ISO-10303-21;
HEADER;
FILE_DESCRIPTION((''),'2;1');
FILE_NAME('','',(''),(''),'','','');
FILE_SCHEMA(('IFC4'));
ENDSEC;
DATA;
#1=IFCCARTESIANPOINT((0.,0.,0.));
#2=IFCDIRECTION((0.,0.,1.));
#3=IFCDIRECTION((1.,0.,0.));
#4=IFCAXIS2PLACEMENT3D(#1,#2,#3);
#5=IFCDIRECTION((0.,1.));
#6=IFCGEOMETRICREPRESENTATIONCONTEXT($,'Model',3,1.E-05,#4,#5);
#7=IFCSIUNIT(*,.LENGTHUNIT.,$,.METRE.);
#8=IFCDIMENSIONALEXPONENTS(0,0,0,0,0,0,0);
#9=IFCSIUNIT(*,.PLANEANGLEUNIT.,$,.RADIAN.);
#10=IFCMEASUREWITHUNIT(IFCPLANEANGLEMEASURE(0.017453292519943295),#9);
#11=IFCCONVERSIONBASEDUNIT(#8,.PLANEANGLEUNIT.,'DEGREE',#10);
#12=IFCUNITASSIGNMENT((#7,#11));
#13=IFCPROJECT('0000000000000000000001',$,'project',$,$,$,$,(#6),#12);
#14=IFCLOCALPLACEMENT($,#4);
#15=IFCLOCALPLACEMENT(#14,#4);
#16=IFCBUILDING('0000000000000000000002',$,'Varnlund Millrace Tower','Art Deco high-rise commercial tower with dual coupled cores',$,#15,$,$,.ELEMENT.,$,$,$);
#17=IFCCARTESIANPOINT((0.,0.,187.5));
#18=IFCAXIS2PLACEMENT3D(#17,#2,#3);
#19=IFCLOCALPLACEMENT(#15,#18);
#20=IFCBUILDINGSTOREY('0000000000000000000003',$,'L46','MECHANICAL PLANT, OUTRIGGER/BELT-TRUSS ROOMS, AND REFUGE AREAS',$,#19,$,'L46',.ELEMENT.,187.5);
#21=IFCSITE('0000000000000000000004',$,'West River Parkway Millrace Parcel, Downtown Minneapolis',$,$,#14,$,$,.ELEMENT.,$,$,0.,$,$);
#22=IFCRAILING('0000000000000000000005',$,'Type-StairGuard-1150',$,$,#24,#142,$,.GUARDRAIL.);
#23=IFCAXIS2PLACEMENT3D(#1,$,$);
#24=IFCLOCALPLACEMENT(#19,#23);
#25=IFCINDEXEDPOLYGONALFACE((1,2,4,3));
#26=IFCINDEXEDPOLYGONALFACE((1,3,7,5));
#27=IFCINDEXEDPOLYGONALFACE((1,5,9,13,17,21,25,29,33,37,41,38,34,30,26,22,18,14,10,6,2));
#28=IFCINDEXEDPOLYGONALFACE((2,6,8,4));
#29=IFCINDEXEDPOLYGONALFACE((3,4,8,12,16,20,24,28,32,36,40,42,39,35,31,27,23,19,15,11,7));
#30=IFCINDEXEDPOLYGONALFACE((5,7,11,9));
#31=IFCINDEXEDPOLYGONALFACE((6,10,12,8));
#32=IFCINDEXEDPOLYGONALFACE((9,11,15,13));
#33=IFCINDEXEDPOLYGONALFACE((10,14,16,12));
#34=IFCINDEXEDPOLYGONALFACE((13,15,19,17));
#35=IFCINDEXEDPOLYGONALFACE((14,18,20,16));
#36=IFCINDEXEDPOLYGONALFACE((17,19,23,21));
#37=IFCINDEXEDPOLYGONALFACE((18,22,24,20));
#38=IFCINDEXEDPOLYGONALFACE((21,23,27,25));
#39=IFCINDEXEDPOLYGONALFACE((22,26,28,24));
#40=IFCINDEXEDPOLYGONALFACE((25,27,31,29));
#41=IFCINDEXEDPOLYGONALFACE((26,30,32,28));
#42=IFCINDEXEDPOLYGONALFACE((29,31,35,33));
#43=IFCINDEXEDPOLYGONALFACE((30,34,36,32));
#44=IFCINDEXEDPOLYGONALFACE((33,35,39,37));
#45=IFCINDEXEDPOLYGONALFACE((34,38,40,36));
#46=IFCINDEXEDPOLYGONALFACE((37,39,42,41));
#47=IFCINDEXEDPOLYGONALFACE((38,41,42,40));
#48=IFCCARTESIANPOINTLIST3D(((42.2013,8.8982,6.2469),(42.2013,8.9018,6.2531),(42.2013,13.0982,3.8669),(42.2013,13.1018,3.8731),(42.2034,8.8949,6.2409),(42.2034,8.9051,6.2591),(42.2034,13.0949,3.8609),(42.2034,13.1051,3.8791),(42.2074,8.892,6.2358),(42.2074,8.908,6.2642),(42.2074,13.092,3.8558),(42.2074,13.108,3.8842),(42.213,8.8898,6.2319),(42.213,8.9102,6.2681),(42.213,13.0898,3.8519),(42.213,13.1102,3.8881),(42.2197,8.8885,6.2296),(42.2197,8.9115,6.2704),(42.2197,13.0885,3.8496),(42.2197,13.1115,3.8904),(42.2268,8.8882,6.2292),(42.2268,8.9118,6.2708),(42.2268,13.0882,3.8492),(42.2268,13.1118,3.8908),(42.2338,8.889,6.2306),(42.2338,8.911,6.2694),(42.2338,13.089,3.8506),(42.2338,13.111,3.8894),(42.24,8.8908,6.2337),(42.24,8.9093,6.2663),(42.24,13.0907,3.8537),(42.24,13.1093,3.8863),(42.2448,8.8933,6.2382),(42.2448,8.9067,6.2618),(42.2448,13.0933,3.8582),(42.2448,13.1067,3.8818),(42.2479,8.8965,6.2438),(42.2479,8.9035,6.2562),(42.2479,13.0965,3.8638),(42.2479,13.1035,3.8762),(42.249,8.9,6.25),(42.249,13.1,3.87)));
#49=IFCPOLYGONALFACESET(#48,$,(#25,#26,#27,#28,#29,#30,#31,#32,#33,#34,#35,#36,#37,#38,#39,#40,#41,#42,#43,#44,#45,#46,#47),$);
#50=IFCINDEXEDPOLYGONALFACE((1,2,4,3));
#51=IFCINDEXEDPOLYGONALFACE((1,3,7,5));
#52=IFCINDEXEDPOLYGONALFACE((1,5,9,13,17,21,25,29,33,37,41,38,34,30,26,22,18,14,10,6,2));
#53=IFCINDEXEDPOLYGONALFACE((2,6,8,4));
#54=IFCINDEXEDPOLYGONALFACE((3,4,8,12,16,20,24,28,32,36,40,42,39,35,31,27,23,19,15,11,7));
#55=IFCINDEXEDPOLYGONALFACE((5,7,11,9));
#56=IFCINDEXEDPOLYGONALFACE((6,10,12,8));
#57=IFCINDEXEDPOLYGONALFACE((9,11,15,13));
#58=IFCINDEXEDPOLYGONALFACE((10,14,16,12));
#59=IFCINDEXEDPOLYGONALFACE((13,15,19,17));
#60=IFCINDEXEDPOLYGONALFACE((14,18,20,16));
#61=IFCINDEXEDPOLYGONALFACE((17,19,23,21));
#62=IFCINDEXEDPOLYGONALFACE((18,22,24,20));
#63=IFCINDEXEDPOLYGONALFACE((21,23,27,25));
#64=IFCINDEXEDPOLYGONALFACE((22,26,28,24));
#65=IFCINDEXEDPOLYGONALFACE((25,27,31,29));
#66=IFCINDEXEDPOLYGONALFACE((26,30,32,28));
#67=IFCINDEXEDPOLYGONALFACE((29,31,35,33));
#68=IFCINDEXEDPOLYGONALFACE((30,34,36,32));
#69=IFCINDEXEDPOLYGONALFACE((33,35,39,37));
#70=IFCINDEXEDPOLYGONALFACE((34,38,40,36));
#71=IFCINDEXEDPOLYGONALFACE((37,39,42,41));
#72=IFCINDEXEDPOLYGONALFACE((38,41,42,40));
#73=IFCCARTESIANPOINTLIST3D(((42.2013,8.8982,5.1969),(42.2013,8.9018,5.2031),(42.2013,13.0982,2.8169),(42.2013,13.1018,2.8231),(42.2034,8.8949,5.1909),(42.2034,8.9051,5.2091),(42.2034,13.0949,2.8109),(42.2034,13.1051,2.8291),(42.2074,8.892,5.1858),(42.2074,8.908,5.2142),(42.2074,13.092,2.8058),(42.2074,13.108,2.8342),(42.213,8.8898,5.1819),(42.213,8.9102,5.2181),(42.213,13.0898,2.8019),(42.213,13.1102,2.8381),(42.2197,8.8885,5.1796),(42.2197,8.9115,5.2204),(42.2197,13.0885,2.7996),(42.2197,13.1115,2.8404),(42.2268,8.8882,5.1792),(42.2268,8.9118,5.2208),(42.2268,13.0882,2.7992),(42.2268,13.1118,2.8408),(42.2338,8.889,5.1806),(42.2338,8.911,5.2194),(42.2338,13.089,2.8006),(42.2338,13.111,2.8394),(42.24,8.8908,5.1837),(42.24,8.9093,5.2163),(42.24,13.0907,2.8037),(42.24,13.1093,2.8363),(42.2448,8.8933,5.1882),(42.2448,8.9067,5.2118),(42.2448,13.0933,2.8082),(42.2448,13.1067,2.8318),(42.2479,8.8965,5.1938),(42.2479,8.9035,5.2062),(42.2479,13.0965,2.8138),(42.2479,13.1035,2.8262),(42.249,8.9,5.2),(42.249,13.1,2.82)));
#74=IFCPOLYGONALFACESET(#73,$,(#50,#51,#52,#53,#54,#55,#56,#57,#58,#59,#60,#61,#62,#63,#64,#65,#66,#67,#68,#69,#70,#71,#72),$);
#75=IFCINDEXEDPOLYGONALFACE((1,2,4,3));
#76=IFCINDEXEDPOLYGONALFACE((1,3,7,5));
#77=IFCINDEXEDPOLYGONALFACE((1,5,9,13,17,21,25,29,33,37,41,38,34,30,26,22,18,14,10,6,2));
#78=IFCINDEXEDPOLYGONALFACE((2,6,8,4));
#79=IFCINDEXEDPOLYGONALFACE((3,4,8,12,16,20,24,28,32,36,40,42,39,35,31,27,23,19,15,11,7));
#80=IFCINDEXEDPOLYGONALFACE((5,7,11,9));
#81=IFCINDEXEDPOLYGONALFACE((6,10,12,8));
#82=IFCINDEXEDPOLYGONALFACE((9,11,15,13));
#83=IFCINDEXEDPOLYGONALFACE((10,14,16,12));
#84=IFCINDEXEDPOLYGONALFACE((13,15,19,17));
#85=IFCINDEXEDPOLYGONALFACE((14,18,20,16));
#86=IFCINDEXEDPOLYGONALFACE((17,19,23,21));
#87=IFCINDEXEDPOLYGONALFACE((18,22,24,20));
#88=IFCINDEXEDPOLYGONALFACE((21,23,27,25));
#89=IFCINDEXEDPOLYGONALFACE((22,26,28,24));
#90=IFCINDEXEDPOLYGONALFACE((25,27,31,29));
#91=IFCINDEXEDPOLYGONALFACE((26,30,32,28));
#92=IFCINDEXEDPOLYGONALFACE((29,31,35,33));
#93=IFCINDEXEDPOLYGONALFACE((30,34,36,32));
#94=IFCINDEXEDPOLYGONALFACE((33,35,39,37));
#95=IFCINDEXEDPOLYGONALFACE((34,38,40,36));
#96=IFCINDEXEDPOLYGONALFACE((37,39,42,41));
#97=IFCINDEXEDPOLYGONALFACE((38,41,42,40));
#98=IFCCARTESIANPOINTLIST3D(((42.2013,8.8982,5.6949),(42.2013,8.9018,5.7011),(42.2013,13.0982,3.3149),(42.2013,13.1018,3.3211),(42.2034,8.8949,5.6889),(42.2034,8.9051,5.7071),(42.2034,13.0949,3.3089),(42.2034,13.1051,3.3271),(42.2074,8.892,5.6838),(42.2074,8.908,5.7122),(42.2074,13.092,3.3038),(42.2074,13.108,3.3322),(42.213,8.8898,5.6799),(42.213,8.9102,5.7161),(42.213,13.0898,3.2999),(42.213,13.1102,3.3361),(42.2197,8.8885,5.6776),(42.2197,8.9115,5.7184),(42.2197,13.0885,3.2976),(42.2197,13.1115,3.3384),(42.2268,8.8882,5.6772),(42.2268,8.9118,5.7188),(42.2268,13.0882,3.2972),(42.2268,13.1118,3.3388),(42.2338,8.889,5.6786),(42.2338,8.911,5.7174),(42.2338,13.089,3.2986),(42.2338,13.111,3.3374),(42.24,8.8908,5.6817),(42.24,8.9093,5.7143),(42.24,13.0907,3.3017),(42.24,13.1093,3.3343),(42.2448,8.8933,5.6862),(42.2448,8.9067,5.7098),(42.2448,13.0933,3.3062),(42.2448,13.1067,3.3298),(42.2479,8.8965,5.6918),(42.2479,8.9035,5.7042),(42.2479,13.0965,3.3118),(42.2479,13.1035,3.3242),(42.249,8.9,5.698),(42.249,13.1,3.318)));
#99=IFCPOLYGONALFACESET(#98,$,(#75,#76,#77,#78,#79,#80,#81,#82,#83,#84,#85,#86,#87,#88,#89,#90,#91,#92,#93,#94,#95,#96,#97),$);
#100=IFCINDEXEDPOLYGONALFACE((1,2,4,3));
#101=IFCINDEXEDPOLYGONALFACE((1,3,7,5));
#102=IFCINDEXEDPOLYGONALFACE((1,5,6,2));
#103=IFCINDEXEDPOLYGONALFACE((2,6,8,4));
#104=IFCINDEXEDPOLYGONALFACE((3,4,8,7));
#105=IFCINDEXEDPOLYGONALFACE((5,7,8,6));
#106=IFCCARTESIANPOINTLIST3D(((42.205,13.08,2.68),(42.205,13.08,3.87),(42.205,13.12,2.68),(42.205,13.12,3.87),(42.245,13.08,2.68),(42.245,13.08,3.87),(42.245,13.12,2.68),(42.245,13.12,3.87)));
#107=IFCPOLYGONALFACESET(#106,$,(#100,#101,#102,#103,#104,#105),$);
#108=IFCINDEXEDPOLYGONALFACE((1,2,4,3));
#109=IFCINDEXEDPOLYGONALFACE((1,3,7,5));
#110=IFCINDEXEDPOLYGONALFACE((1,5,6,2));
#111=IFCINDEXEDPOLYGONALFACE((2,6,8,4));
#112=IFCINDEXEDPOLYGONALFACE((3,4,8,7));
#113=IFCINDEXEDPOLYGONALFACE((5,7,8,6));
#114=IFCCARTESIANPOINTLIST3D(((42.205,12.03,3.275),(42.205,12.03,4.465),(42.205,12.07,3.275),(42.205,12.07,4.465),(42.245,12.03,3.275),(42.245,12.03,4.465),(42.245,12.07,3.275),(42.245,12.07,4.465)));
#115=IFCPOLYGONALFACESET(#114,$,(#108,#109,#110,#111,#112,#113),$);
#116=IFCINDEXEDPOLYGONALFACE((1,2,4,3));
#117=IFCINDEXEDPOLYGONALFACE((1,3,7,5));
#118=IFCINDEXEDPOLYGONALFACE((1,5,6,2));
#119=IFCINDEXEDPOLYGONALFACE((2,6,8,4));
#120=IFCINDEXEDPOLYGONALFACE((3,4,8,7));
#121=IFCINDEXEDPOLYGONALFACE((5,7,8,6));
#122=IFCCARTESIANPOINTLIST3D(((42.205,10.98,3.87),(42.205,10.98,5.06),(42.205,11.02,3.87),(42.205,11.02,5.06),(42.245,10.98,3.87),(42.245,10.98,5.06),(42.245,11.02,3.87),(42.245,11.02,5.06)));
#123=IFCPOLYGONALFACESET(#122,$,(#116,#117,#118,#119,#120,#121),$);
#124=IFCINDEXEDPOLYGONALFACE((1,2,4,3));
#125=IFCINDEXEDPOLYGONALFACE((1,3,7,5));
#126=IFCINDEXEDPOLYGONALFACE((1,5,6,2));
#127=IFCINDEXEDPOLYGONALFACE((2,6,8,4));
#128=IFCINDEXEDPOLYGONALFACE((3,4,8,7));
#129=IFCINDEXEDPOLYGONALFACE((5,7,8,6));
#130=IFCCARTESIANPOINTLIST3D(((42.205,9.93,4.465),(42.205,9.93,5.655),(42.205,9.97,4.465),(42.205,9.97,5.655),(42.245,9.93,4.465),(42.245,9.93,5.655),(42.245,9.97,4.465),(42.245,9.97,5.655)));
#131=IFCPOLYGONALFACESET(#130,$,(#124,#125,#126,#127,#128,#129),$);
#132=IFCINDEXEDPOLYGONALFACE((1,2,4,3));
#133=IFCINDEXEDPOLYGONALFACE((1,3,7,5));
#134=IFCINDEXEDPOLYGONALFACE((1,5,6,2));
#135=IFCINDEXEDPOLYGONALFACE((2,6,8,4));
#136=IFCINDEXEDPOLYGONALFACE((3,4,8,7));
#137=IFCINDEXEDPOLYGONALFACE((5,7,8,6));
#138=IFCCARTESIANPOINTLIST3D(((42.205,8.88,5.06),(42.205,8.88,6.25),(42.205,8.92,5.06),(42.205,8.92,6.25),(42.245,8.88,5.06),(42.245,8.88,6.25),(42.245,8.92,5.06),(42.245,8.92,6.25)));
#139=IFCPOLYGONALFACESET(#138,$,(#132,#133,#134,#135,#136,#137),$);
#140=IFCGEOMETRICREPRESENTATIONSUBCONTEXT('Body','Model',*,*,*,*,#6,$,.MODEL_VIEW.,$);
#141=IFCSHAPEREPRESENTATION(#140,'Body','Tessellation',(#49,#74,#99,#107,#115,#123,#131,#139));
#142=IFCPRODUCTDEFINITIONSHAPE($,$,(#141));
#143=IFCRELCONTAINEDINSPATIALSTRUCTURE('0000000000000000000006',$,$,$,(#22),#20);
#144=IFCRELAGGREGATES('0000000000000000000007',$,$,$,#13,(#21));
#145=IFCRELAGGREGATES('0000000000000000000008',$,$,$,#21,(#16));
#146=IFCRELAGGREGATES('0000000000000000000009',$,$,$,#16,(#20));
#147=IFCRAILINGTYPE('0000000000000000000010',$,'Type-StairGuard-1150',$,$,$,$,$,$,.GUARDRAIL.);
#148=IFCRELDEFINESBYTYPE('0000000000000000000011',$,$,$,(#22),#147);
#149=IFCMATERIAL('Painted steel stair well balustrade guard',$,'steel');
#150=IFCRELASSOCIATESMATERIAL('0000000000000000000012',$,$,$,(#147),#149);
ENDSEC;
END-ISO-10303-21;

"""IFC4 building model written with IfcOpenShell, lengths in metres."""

from ifc_helpers import new_model, entity, si_unit, converted_unit, direction, frame, origin_with_axes, origin_2d_with_axis, place, context, subcontext, project, spatial, rectangle, circle, extrude, material, type_object, element, save


model = new_model("IFC4")

# Units and contexts
model_context = context("Model", 3, precision=1e-05, world=origin_with_axes(), true_north=direction((0.0, 1.0)))
body_context = subcontext(model_context, "Body", "Model", "MODEL_VIEW")
ifc_project = project(units=[si_unit("LENGTHUNIT", "METRE"), converted_unit("PLANEANGLEUNIT", "DEGREE", entity("IfcPlaneAngleMeasure", 0.017453292519943295), si_unit("PLANEANGLEUNIT", "RADIAN"), dimensions=[0, 0, 0, 0, 0, 0, 0])], contexts=[model_context])

# Site, building, storey
site_placement = place(None, origin_with_axes())
site = spatial("IfcSite", under=ifc_project, at=site_placement, Name="West River Parkway Millrace Parcel, Downtown Minneapolis", CompositionType="ELEMENT", RefElevation=0.0)
building_placement = place(site_placement, origin_with_axes())
building = spatial("IfcBuilding", under=site, at=building_placement, Name="Varnlund Millrace Tower", Description="Art Deco high-rise commercial tower with dual coupled cores", CompositionType="ELEMENT")
storey_placement = place(building_placement, frame((0.0, 0.0, 187.5), z_axis=(0.0, 0.0, 1.0), x_axis=(1.0, 0.0, 0.0)))
storey = spatial("IfcBuildingStorey", under=building, at=storey_placement, Name="L46", Description="MECHANICAL PLANT, OUTRIGGER/BELT-TRUSS ROOMS, AND REFUGE AREAS", LongName="L46", CompositionType="ELEMENT", Elevation=187.5)

# Railing
ifc_material_1 = material(Name="Painted steel stair well balustrade guard", Category="steel")
railing_type_1 = type_object("IfcRailingType", Name="Type-StairGuard-1150", PredefinedType="GUARDRAIL", material=ifc_material_1)
railing_1_placement = place(storey_placement, frame((0.0, 0.0, -187.5), z_axis=(0.0, 0.0, 1.0), x_axis=(1.0, 0.0, 0.0)))
element("IfcRailing", 1, at=railing_1_placement, inside=storey, type_object=railing_type_1, Name="Type-StairGuard-1150", PredefinedType="GUARDRAIL", context=body_context, shape_type="SweptSolid", body=[
    extrude(circle(Radius=0.024, at=origin_2d_with_axis()), frame((42.225, 13.1, 191.37), z_axis=(0.0, -0.870022, 0.493013), x_axis=(1.0, 0.0, 0.0)), (0.0, 0.0, 1.0), 4.8275),
    extrude(circle(Radius=0.024, at=origin_2d_with_axis()), frame((42.225, 13.1, 190.32), z_axis=(0.0, -0.870022, 0.493013), x_axis=(1.0, 0.0, 0.0)), (0.0, 0.0, 1.0), 4.8275),
    extrude(circle(Radius=0.024, at=origin_2d_with_axis()), frame((42.225, 13.1, 190.818), z_axis=(0.0, -0.870022, 0.493013), x_axis=(1.0, 0.0, 0.0)), (0.0, 0.0, 1.0), 4.8275),
    extrude(rectangle(XDim=0.04, YDim=0.04, at=origin_2d_with_axis()), frame((42.225, 13.1, 190.18), z_axis=(0.0, 0.0, 1.0), x_axis=(1.0, 0.0, 0.0)), (0.0, 0.0, 1.0), 1.19),
    extrude(rectangle(XDim=0.04, YDim=0.04, at=origin_2d_with_axis()), frame((42.225, 12.05, 190.775), z_axis=(0.0, 0.0, 1.0), x_axis=(1.0, 0.0, 0.0)), (0.0, 0.0, 1.0), 1.19),
    extrude(rectangle(XDim=0.04, YDim=0.04, at=origin_2d_with_axis()), frame((42.225, 11.0, 191.37), z_axis=(0.0, 0.0, 1.0), x_axis=(1.0, 0.0, 0.0)), (0.0, 0.0, 1.0), 1.19),
    extrude(rectangle(XDim=0.04, YDim=0.04, at=origin_2d_with_axis()), frame((42.225, 9.95, 191.965), z_axis=(0.0, 0.0, 1.0), x_axis=(1.0, 0.0, 0.0)), (0.0, 0.0, 1.0), 1.19),
    extrude(rectangle(XDim=0.04, YDim=0.04, at=origin_2d_with_axis()), frame((42.225, 8.9, 192.56), z_axis=(0.0, 0.0, 1.0), x_axis=(1.0, 0.0, 0.0)), (0.0, 0.0, 1.0), 1.19),
])

save(model, "model.ifc")
